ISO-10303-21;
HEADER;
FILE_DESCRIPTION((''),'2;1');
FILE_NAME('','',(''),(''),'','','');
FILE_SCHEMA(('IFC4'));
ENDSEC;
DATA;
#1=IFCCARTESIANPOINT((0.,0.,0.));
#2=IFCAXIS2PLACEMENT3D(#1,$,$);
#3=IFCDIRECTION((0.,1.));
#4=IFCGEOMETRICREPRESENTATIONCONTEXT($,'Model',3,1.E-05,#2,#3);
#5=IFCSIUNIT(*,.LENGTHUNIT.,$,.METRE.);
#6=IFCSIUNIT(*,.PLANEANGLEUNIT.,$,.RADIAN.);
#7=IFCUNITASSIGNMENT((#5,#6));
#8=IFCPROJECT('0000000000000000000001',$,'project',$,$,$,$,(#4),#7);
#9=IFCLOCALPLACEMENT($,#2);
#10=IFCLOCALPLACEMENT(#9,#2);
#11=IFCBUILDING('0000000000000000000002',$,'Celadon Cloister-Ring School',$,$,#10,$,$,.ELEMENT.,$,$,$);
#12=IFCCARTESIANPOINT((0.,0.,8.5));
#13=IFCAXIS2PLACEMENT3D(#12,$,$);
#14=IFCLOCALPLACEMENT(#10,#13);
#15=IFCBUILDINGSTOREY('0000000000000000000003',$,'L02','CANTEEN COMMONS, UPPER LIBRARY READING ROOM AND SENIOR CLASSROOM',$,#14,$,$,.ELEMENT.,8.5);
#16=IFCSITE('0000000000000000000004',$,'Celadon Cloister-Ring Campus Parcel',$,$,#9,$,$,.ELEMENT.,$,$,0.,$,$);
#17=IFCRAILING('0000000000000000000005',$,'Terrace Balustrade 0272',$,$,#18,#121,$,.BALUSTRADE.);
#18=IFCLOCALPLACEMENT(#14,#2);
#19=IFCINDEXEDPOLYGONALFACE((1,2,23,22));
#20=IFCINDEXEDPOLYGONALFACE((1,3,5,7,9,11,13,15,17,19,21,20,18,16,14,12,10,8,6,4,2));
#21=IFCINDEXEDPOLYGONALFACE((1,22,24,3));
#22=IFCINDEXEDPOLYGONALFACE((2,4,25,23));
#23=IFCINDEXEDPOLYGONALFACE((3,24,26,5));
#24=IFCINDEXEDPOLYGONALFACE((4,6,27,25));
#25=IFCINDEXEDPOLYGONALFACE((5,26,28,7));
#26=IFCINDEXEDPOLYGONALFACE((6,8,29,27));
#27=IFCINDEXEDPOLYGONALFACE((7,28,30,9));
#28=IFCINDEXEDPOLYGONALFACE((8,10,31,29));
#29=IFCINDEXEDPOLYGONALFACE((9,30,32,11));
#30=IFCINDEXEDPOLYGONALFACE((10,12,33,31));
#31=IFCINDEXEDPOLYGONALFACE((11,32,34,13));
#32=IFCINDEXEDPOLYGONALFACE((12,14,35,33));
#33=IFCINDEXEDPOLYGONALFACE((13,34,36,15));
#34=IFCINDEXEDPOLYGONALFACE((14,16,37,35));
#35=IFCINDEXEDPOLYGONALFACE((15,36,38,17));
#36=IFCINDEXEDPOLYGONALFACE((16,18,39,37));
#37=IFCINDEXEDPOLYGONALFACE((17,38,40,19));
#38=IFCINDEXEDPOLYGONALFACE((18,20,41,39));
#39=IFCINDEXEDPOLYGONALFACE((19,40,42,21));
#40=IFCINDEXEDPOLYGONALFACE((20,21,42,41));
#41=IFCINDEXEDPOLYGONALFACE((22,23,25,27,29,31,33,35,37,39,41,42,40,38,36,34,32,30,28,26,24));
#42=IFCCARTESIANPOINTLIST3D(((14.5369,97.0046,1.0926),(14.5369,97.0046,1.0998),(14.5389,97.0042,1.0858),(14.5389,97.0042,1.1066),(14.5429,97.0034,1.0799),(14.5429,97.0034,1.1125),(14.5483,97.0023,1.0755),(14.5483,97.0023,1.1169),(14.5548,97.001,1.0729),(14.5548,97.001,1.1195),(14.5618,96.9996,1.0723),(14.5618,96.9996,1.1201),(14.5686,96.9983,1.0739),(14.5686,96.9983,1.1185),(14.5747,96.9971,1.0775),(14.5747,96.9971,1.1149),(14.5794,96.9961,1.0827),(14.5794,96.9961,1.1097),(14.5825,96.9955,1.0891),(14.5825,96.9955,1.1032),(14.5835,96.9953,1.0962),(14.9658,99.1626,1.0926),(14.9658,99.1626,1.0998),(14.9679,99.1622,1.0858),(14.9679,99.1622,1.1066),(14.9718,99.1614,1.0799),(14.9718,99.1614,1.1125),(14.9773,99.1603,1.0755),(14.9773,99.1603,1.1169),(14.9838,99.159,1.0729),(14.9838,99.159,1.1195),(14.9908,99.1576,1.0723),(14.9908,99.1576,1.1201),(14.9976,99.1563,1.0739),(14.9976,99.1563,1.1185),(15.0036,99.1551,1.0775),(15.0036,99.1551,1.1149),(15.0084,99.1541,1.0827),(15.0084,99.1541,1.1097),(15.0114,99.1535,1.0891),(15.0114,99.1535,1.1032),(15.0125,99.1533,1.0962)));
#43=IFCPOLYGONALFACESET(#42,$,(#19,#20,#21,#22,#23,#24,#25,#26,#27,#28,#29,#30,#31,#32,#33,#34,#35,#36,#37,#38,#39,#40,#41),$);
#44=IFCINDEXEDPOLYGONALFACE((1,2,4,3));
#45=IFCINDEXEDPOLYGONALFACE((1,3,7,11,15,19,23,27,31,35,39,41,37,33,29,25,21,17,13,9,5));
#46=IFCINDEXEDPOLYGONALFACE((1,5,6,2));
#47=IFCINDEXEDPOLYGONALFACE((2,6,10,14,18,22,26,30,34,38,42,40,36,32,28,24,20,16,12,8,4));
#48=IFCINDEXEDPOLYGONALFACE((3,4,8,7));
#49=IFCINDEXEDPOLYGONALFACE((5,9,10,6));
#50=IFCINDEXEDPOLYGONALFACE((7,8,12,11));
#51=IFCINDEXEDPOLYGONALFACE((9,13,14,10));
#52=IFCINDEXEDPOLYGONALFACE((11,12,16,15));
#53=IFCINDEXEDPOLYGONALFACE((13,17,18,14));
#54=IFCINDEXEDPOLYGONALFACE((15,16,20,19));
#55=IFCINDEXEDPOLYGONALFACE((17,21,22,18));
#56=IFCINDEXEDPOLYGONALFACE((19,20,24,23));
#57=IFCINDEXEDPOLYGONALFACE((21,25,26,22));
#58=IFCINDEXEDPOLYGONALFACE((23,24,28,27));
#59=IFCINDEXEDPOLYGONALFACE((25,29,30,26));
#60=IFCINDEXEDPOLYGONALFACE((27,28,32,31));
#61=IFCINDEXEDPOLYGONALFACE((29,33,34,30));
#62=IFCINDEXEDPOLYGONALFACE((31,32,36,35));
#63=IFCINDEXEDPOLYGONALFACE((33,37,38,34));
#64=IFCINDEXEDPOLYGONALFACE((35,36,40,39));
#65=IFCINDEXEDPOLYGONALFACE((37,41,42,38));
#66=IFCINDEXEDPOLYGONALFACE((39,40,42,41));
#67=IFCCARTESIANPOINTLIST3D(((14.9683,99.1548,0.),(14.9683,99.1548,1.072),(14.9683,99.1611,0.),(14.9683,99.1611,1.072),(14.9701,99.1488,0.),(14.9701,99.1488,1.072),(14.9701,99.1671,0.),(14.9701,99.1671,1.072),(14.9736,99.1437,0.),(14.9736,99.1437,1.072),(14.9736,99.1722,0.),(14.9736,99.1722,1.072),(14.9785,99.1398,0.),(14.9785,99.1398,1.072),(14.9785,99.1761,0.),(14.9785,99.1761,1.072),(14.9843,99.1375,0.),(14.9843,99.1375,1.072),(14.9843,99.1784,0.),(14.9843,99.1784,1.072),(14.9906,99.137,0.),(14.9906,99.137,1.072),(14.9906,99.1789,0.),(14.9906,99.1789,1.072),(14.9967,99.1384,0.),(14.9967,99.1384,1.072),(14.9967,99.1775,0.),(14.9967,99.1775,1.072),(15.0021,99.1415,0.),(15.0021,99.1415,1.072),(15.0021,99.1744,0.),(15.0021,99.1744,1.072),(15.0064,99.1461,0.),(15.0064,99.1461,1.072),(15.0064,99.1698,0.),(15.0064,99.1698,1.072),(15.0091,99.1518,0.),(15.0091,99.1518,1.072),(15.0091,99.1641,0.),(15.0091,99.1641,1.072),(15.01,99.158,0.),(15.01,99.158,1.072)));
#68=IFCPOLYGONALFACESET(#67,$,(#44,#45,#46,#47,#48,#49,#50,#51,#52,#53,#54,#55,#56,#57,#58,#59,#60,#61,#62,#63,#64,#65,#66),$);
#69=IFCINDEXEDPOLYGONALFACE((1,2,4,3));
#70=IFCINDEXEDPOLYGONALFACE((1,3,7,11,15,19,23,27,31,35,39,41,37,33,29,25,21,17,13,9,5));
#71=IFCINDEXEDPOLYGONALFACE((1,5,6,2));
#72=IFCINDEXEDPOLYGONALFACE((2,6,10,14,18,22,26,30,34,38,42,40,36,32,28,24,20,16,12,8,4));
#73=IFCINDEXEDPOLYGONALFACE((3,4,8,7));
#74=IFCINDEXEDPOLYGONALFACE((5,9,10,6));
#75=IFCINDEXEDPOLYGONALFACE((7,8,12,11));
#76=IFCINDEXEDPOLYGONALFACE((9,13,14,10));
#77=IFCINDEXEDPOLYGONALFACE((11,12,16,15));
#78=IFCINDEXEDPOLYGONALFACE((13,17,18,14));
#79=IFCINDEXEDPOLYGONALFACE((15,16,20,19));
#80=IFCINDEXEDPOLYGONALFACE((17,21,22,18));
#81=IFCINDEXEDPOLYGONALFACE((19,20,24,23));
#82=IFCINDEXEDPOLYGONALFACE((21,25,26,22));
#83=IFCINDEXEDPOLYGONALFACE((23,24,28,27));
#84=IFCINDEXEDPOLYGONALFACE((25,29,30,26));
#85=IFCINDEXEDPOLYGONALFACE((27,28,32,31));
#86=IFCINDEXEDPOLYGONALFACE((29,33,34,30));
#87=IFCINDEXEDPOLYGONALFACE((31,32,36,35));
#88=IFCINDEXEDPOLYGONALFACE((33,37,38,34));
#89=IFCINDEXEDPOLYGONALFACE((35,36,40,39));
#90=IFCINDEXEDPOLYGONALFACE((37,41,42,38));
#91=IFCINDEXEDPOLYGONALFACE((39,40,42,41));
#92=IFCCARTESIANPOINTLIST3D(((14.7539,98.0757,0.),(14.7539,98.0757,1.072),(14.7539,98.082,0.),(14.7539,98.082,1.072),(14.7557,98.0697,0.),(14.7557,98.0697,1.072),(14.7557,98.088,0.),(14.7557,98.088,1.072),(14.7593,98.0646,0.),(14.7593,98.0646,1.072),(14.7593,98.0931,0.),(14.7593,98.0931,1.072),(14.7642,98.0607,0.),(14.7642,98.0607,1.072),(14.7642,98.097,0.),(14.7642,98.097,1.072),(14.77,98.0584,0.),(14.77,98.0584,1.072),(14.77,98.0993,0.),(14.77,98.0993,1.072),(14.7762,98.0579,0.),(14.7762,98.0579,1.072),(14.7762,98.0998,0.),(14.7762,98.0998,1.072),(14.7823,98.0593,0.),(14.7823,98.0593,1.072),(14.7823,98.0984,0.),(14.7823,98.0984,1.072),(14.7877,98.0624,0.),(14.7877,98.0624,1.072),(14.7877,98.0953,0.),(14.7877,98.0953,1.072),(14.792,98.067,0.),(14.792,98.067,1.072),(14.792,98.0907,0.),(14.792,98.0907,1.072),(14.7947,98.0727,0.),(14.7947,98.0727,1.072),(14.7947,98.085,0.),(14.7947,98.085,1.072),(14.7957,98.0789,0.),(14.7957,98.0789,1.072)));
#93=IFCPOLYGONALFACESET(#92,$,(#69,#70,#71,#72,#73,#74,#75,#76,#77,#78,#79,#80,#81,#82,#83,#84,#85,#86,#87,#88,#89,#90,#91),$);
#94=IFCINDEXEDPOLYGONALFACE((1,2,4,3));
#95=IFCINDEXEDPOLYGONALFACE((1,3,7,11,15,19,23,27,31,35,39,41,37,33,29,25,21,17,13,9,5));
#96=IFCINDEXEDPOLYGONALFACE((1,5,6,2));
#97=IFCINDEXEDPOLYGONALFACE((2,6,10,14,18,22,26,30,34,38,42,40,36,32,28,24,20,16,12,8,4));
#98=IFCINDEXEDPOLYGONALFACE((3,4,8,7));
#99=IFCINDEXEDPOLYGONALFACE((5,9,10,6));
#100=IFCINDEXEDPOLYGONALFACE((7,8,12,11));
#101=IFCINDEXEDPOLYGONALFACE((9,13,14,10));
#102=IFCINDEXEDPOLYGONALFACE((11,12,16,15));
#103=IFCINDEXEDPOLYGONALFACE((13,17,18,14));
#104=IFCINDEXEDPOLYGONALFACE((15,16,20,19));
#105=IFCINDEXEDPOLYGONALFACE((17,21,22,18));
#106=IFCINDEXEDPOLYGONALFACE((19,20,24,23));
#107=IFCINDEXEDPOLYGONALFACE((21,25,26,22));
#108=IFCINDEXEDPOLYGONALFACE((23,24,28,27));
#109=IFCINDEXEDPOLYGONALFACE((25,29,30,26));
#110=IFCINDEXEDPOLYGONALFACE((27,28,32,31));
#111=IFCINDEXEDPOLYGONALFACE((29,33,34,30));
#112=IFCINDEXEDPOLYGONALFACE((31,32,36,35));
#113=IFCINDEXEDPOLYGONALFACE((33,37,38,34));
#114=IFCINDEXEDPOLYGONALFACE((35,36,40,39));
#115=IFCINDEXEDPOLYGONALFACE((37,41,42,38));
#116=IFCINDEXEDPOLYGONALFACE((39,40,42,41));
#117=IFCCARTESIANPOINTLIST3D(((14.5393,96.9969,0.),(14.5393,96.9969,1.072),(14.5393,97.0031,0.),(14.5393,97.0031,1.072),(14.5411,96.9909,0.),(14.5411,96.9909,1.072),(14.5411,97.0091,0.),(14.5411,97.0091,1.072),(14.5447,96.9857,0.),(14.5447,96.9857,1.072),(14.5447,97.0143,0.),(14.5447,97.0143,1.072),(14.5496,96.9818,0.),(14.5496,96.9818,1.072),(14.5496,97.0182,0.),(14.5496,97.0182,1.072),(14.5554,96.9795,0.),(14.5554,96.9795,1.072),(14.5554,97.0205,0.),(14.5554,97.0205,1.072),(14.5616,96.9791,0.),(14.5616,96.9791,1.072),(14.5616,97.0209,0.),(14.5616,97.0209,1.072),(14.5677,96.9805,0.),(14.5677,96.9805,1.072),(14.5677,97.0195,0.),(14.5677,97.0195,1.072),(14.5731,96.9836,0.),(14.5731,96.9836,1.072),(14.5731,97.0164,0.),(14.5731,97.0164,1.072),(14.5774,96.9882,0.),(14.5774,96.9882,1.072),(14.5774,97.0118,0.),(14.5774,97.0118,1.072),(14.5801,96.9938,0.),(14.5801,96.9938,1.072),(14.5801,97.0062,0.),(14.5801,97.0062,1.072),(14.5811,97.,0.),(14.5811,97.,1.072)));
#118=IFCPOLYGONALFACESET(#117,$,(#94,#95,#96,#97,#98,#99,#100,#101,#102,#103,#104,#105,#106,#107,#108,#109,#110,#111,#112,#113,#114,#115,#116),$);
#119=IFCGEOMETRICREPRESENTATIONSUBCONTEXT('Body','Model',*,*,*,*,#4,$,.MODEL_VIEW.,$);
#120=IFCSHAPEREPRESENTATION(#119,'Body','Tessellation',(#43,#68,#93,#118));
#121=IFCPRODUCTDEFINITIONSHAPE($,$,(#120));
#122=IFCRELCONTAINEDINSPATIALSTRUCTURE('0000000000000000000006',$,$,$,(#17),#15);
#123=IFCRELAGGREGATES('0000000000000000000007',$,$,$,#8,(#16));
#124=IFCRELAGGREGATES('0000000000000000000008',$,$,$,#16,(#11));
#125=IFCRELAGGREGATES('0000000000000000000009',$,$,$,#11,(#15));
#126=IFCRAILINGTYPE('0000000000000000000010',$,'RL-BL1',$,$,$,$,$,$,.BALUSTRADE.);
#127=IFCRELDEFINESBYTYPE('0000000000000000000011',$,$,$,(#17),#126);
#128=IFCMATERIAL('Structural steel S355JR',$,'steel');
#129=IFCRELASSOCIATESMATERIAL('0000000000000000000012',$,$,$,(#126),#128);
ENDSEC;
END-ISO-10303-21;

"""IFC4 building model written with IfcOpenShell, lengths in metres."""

from ifc_helpers import new_model, si_unit, direction, frame, origin, origin_2d, place, context, subcontext, project, spatial, circle, extrude, material, type_object, element, save


model = new_model("IFC4")

# Units and contexts
model_context = context("Model", 3, precision=1e-05, world=origin(), true_north=direction((0.0, 1.0)))
body_context = subcontext(model_context, "Body", "Model", "MODEL_VIEW")
ifc_project = project(units=[si_unit("LENGTHUNIT", "METRE"), si_unit("PLANEANGLEUNIT", "RADIAN")], contexts=[model_context])

# Site, building, storey
site_placement = place(None, origin())
site = spatial("IfcSite", under=ifc_project, at=site_placement, Name="Celadon Cloister-Ring Campus Parcel", CompositionType="ELEMENT", RefElevation=0.0)
building_placement = place(site_placement, origin())
building = spatial("IfcBuilding", under=site, at=building_placement, Name="Celadon Cloister-Ring School", CompositionType="ELEMENT")
storey_placement = place(building_placement, frame((0.0, 0.0, 8.5)))
storey = spatial("IfcBuildingStorey", under=building, at=storey_placement, Name="L02", Description="CANTEEN COMMONS, UPPER LIBRARY READING ROOM AND SENIOR CLASSROOM", CompositionType="ELEMENT", Elevation=8.5)

# Railing
ifc_material_1 = material(Name="Structural steel S355JR", Category="steel")
railing_type = type_object("IfcRailingType", Name="RL-BL1", PredefinedType="BALUSTRADE", material=ifc_material_1)
railing_1_placement = place(storey_placement, frame((14.989, 99.158, 0.0)))
element("IfcRailing", 1, at=railing_1_placement, inside=storey, type_object=railing_type, Name="Terrace Balustrade 0272", PredefinedType="BALUSTRADE", context=body_context, shape_type="SweptSolid", body=[
    extrude(circle(Radius=0.0239, at=origin_2d()), frame((0.0, 0.0, 1.0962), z_axis=(-0.194964, -0.98081, 0.0), x_axis=(0.98081, -0.194964, 0.0)), (0.0, 0.0, 1.0), 2.2002),
    extrude(circle(Radius=0.021, at=origin_2d()), origin(), (0.0, 0.0, 1.0), 1.072),
    extrude(circle(Radius=0.021, at=origin_2d()), frame((-0.2144, -1.0791, 0.0)), (0.0, 0.0, 1.0), 1.072),
    extrude(circle(Radius=0.021, at=origin_2d()), frame((-0.429, -2.158, 0.0)), (0.0, 0.0, 1.0), 1.072),
])

save(model, "model.ifc")
